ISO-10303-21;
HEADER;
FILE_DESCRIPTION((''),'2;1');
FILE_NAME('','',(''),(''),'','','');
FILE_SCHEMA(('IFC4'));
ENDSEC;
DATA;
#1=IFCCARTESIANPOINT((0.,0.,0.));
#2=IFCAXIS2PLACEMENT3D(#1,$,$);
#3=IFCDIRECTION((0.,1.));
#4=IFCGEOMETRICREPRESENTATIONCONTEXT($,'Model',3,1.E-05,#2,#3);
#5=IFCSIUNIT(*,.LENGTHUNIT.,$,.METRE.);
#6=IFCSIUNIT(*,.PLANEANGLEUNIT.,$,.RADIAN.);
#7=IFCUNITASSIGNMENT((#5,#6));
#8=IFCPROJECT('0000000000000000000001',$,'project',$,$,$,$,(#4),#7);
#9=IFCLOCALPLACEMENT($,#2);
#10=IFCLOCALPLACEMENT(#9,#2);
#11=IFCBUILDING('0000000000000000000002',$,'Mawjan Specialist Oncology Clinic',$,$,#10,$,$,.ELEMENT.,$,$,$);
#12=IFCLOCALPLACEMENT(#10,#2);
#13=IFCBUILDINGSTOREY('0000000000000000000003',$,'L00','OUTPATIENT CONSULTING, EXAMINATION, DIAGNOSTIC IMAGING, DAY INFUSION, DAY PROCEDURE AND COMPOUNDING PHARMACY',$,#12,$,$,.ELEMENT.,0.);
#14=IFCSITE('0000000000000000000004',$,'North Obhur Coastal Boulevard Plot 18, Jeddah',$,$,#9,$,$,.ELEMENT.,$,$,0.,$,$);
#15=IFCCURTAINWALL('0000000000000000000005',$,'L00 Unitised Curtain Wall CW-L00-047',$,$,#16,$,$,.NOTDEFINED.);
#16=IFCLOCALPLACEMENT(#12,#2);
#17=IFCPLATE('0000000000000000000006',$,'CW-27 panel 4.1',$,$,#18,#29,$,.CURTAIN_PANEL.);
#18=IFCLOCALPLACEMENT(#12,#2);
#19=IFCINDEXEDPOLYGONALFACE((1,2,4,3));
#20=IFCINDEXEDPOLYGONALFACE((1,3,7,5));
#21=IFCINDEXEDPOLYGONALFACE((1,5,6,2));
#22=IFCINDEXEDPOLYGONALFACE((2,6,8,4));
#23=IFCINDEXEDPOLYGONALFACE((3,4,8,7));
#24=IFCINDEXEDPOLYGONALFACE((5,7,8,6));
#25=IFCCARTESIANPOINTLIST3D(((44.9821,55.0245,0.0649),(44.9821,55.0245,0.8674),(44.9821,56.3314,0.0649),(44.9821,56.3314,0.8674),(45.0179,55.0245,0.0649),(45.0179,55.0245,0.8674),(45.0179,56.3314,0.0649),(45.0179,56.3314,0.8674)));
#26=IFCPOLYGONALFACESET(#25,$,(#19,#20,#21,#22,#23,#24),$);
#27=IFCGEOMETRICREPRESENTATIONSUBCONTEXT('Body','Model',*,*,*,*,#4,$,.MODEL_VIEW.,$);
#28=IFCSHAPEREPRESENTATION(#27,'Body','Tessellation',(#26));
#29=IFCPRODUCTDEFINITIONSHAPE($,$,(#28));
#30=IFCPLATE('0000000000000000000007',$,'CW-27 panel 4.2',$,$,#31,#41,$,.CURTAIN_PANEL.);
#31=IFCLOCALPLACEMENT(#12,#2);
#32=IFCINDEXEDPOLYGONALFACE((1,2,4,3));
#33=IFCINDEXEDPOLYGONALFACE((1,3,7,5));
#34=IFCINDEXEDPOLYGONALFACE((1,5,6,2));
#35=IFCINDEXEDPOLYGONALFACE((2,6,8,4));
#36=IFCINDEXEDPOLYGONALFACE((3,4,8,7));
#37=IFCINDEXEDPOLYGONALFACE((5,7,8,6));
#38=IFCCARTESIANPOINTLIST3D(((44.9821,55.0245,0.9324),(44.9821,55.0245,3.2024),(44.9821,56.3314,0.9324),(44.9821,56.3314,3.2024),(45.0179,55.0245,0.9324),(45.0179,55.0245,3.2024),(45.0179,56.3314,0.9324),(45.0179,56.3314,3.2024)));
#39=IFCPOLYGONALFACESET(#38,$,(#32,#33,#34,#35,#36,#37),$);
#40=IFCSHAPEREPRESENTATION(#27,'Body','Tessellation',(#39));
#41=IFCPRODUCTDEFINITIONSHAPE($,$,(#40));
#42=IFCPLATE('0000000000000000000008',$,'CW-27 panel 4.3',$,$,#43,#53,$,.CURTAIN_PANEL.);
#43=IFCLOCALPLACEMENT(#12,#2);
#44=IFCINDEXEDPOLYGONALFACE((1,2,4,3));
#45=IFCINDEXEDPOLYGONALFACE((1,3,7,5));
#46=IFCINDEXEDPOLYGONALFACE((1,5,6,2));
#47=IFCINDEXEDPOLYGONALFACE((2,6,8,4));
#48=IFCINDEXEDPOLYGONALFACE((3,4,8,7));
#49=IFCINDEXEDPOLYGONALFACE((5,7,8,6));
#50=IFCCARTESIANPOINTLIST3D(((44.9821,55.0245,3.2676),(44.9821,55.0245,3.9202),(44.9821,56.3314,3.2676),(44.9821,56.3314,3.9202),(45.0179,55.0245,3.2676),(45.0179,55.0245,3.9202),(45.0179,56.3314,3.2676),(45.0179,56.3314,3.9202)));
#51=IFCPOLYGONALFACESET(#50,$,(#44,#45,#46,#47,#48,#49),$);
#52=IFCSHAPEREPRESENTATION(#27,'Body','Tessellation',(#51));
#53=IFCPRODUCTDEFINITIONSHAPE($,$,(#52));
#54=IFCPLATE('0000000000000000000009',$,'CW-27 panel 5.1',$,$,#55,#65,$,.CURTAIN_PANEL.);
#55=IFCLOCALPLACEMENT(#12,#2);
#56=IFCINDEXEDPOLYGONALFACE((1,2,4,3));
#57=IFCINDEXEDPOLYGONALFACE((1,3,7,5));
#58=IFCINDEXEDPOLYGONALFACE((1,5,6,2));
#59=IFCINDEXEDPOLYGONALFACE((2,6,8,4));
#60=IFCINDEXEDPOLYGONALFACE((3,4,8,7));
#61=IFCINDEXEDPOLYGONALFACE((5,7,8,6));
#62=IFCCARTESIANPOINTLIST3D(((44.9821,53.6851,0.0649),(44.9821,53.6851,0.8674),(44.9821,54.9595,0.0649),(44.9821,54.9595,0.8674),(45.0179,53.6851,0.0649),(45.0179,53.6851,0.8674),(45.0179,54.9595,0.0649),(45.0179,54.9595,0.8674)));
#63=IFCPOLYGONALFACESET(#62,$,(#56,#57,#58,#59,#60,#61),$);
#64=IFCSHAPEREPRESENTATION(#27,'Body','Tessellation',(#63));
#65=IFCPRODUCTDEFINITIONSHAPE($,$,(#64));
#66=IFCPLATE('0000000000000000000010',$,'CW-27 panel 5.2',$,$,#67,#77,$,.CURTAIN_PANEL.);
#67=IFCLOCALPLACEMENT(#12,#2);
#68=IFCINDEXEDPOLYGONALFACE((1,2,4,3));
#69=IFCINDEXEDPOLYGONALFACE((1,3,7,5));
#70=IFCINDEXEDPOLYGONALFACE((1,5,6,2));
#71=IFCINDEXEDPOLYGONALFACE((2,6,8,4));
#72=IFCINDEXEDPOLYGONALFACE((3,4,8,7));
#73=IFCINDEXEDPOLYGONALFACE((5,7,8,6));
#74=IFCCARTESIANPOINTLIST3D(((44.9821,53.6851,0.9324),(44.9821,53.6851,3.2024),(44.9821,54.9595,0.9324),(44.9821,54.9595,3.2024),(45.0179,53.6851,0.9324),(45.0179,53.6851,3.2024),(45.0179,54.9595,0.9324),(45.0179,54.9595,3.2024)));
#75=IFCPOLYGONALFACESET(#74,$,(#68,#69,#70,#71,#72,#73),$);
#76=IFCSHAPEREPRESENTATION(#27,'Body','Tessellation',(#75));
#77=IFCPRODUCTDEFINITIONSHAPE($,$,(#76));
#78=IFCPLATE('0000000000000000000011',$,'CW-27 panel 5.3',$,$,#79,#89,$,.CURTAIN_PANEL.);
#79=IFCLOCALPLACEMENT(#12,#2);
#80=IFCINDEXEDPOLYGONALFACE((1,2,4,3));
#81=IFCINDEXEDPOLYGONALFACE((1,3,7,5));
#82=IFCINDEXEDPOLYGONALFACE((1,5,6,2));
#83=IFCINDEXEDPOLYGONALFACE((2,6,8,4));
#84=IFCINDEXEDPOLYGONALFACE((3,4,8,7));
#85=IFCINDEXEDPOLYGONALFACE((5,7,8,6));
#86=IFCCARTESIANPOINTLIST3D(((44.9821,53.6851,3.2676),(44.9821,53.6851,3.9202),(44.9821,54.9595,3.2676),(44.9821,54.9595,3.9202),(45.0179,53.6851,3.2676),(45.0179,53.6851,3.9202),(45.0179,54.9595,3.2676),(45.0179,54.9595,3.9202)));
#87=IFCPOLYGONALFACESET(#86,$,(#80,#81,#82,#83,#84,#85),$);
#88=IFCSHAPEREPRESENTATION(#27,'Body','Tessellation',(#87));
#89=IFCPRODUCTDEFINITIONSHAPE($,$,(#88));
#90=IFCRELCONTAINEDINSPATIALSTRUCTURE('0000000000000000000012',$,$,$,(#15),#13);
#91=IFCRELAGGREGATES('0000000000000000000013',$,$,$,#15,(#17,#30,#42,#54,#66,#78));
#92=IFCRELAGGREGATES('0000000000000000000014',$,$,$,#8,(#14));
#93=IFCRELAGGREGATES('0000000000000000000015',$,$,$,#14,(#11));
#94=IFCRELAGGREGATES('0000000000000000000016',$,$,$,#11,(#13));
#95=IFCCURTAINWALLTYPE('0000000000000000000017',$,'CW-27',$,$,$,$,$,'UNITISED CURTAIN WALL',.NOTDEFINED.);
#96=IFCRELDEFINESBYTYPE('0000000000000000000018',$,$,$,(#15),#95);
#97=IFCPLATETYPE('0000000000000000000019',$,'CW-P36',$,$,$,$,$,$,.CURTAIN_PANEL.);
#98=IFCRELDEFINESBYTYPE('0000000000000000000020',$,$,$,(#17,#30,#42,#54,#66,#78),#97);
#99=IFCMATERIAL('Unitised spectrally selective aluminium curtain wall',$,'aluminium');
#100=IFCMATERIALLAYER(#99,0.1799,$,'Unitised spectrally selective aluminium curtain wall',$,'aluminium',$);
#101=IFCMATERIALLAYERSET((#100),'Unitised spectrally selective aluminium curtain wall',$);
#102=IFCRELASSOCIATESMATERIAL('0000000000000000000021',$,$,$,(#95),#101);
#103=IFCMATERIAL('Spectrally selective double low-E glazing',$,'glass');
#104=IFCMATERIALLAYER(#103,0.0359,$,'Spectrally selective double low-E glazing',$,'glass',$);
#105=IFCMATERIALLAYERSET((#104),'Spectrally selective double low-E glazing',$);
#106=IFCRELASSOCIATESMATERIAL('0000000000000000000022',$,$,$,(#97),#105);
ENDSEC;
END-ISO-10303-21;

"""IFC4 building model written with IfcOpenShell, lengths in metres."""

from ifc_helpers import new_model, si_unit, direction, frame, origin, origin_2d, place, context, subcontext, project, spatial, rectangle, extrude, material, layer, layer_set, type_object, element, aggregate, save


model = new_model("IFC4")

# Units and contexts
model_context = context("Model", 3, precision=1e-05, world=origin(), true_north=direction((0.0, 1.0)))
body_context = subcontext(model_context, "Body", "Model", "MODEL_VIEW")
ifc_project = project(units=[si_unit("LENGTHUNIT", "METRE"), si_unit("PLANEANGLEUNIT", "RADIAN")], contexts=[model_context])

# Site, building, storey
site_placement = place(None, origin())
site = spatial("IfcSite", under=ifc_project, at=site_placement, Name="North Obhur Coastal Boulevard Plot 18, Jeddah", CompositionType="ELEMENT", RefElevation=0.0)
building_placement = place(site_placement, origin())
building = spatial("IfcBuilding", under=site, at=building_placement, Name="Mawjan Specialist Oncology Clinic", CompositionType="ELEMENT")
storey_placement = place(building_placement, origin())
storey = spatial("IfcBuildingStorey", under=building, at=storey_placement, Name="L00", Description="OUTPATIENT CONSULTING, EXAMINATION, DIAGNOSTIC IMAGING, DAY INFUSION, DAY PROCEDURE AND COMPOUNDING PHARMACY", CompositionType="ELEMENT", Elevation=0.0)

# Curtain wall, plates
ifc_material_1 = material(Name="Unitised spectrally selective aluminium curtain wall", Category="aluminium")
ifc_layer_1 = layer(ifc_material_1, 0.1799, Name="Unitised spectrally selective aluminium curtain wall", Category="aluminium")
ifc_layer_set_1 = layer_set([ifc_layer_1], Name="Unitised spectrally selective aluminium curtain wall")
curtain_wall_type = type_object("IfcCurtainWallType", Name="CW-27", ElementType="UNITISED CURTAIN WALL", PredefinedType="NOTDEFINED", material=ifc_layer_set_1)
curtain_wall_placement = place(storey_placement, origin())
curtain_wall = element("IfcCurtainWall", 1, at=curtain_wall_placement, inside=storey, type_object=curtain_wall_type, Name="L00 Unitised Curtain Wall CW-L00-047", PredefinedType="NOTDEFINED")
ifc_material_2 = material(Name="Spectrally selective double low-E glazing", Category="glass")
ifc_layer_2 = layer(ifc_material_2, 0.0359, Name="Spectrally selective double low-E glazing", Category="glass")
ifc_layer_set_2 = layer_set([ifc_layer_2], Name="Spectrally selective double low-E glazing")
plate_type = type_object("IfcPlateType", Name="CW-P36", PredefinedType="CURTAIN_PANEL", material=ifc_layer_set_2)
plate_1_placement = place(storey_placement, frame((45.0, 55.678, 0.0649), z_axis=(0.0, 0.0, 1.0), x_axis=(0.0, -1.0, 0.0)))
plate_1 = element("IfcPlate", 2, at=plate_1_placement, type_object=plate_type, Name="CW-27 panel 4.1", PredefinedType="CURTAIN_PANEL", context=body_context, shape_type="SweptSolid", body=[
    extrude(rectangle(XDim=1.3069, YDim=0.0359, at=origin_2d()), origin(), (0.0, 0.0, 1.0), 0.8025),
])
plate_2_placement = place(storey_placement, frame((45.0, 55.678, 0.9324), z_axis=(0.0, 0.0, 1.0), x_axis=(0.0, -1.0, 0.0)))
plate_2 = element("IfcPlate", 3, at=plate_2_placement, type_object=plate_type, Name="CW-27 panel 4.2", PredefinedType="CURTAIN_PANEL", context=body_context, shape_type="SweptSolid", body=[
    extrude(rectangle(XDim=1.3069, YDim=0.0359, at=origin_2d()), origin(), (0.0, 0.0, 1.0), 2.27),
])
plate_3_placement = place(storey_placement, frame((45.0, 55.678, 3.2676), z_axis=(0.0, 0.0, 1.0), x_axis=(0.0, -1.0, 0.0)))
plate_3 = element("IfcPlate", 4, at=plate_3_placement, type_object=plate_type, Name="CW-27 panel 4.3", PredefinedType="CURTAIN_PANEL", context=body_context, shape_type="SweptSolid", body=[
    extrude(rectangle(XDim=1.3069, YDim=0.0359, at=origin_2d()), origin(), (0.0, 0.0, 1.0), 0.6526),
])
plate_4_placement = place(storey_placement, frame((45.0, 54.3223, 0.0649), z_axis=(0.0, 0.0, 1.0), x_axis=(0.0, -1.0, 0.0)))
plate_4 = element("IfcPlate", 5, at=plate_4_placement, type_object=plate_type, Name="CW-27 panel 5.1", PredefinedType="CURTAIN_PANEL", context=body_context, shape_type="SweptSolid", body=[
    extrude(rectangle(XDim=1.2744, YDim=0.0359, at=origin_2d()), origin(), (0.0, 0.0, 1.0), 0.8025),
])
plate_5_placement = place(storey_placement, frame((45.0, 54.3223, 0.9324), z_axis=(0.0, 0.0, 1.0), x_axis=(0.0, -1.0, 0.0)))
plate_5 = element("IfcPlate", 6, at=plate_5_placement, type_object=plate_type, Name="CW-27 panel 5.2", PredefinedType="CURTAIN_PANEL", context=body_context, shape_type="SweptSolid", body=[
    extrude(rectangle(XDim=1.2744, YDim=0.0359, at=origin_2d()), origin(), (0.0, 0.0, 1.0), 2.27),
])
plate_6_placement = place(storey_placement, frame((45.0, 54.3223, 3.2676), z_axis=(0.0, 0.0, 1.0), x_axis=(0.0, -1.0, 0.0)))
plate_6 = element("IfcPlate", 7, at=plate_6_placement, type_object=plate_type, Name="CW-27 panel 5.3", PredefinedType="CURTAIN_PANEL", context=body_context, shape_type="SweptSolid", body=[
    extrude(rectangle(XDim=1.2744, YDim=0.0359, at=origin_2d()), origin(), (0.0, 0.0, 1.0), 0.6526),
])
aggregate(curtain_wall, [plate_1, plate_2, plate_3, plate_4, plate_5, plate_6])

save(model, "model.ifc")
